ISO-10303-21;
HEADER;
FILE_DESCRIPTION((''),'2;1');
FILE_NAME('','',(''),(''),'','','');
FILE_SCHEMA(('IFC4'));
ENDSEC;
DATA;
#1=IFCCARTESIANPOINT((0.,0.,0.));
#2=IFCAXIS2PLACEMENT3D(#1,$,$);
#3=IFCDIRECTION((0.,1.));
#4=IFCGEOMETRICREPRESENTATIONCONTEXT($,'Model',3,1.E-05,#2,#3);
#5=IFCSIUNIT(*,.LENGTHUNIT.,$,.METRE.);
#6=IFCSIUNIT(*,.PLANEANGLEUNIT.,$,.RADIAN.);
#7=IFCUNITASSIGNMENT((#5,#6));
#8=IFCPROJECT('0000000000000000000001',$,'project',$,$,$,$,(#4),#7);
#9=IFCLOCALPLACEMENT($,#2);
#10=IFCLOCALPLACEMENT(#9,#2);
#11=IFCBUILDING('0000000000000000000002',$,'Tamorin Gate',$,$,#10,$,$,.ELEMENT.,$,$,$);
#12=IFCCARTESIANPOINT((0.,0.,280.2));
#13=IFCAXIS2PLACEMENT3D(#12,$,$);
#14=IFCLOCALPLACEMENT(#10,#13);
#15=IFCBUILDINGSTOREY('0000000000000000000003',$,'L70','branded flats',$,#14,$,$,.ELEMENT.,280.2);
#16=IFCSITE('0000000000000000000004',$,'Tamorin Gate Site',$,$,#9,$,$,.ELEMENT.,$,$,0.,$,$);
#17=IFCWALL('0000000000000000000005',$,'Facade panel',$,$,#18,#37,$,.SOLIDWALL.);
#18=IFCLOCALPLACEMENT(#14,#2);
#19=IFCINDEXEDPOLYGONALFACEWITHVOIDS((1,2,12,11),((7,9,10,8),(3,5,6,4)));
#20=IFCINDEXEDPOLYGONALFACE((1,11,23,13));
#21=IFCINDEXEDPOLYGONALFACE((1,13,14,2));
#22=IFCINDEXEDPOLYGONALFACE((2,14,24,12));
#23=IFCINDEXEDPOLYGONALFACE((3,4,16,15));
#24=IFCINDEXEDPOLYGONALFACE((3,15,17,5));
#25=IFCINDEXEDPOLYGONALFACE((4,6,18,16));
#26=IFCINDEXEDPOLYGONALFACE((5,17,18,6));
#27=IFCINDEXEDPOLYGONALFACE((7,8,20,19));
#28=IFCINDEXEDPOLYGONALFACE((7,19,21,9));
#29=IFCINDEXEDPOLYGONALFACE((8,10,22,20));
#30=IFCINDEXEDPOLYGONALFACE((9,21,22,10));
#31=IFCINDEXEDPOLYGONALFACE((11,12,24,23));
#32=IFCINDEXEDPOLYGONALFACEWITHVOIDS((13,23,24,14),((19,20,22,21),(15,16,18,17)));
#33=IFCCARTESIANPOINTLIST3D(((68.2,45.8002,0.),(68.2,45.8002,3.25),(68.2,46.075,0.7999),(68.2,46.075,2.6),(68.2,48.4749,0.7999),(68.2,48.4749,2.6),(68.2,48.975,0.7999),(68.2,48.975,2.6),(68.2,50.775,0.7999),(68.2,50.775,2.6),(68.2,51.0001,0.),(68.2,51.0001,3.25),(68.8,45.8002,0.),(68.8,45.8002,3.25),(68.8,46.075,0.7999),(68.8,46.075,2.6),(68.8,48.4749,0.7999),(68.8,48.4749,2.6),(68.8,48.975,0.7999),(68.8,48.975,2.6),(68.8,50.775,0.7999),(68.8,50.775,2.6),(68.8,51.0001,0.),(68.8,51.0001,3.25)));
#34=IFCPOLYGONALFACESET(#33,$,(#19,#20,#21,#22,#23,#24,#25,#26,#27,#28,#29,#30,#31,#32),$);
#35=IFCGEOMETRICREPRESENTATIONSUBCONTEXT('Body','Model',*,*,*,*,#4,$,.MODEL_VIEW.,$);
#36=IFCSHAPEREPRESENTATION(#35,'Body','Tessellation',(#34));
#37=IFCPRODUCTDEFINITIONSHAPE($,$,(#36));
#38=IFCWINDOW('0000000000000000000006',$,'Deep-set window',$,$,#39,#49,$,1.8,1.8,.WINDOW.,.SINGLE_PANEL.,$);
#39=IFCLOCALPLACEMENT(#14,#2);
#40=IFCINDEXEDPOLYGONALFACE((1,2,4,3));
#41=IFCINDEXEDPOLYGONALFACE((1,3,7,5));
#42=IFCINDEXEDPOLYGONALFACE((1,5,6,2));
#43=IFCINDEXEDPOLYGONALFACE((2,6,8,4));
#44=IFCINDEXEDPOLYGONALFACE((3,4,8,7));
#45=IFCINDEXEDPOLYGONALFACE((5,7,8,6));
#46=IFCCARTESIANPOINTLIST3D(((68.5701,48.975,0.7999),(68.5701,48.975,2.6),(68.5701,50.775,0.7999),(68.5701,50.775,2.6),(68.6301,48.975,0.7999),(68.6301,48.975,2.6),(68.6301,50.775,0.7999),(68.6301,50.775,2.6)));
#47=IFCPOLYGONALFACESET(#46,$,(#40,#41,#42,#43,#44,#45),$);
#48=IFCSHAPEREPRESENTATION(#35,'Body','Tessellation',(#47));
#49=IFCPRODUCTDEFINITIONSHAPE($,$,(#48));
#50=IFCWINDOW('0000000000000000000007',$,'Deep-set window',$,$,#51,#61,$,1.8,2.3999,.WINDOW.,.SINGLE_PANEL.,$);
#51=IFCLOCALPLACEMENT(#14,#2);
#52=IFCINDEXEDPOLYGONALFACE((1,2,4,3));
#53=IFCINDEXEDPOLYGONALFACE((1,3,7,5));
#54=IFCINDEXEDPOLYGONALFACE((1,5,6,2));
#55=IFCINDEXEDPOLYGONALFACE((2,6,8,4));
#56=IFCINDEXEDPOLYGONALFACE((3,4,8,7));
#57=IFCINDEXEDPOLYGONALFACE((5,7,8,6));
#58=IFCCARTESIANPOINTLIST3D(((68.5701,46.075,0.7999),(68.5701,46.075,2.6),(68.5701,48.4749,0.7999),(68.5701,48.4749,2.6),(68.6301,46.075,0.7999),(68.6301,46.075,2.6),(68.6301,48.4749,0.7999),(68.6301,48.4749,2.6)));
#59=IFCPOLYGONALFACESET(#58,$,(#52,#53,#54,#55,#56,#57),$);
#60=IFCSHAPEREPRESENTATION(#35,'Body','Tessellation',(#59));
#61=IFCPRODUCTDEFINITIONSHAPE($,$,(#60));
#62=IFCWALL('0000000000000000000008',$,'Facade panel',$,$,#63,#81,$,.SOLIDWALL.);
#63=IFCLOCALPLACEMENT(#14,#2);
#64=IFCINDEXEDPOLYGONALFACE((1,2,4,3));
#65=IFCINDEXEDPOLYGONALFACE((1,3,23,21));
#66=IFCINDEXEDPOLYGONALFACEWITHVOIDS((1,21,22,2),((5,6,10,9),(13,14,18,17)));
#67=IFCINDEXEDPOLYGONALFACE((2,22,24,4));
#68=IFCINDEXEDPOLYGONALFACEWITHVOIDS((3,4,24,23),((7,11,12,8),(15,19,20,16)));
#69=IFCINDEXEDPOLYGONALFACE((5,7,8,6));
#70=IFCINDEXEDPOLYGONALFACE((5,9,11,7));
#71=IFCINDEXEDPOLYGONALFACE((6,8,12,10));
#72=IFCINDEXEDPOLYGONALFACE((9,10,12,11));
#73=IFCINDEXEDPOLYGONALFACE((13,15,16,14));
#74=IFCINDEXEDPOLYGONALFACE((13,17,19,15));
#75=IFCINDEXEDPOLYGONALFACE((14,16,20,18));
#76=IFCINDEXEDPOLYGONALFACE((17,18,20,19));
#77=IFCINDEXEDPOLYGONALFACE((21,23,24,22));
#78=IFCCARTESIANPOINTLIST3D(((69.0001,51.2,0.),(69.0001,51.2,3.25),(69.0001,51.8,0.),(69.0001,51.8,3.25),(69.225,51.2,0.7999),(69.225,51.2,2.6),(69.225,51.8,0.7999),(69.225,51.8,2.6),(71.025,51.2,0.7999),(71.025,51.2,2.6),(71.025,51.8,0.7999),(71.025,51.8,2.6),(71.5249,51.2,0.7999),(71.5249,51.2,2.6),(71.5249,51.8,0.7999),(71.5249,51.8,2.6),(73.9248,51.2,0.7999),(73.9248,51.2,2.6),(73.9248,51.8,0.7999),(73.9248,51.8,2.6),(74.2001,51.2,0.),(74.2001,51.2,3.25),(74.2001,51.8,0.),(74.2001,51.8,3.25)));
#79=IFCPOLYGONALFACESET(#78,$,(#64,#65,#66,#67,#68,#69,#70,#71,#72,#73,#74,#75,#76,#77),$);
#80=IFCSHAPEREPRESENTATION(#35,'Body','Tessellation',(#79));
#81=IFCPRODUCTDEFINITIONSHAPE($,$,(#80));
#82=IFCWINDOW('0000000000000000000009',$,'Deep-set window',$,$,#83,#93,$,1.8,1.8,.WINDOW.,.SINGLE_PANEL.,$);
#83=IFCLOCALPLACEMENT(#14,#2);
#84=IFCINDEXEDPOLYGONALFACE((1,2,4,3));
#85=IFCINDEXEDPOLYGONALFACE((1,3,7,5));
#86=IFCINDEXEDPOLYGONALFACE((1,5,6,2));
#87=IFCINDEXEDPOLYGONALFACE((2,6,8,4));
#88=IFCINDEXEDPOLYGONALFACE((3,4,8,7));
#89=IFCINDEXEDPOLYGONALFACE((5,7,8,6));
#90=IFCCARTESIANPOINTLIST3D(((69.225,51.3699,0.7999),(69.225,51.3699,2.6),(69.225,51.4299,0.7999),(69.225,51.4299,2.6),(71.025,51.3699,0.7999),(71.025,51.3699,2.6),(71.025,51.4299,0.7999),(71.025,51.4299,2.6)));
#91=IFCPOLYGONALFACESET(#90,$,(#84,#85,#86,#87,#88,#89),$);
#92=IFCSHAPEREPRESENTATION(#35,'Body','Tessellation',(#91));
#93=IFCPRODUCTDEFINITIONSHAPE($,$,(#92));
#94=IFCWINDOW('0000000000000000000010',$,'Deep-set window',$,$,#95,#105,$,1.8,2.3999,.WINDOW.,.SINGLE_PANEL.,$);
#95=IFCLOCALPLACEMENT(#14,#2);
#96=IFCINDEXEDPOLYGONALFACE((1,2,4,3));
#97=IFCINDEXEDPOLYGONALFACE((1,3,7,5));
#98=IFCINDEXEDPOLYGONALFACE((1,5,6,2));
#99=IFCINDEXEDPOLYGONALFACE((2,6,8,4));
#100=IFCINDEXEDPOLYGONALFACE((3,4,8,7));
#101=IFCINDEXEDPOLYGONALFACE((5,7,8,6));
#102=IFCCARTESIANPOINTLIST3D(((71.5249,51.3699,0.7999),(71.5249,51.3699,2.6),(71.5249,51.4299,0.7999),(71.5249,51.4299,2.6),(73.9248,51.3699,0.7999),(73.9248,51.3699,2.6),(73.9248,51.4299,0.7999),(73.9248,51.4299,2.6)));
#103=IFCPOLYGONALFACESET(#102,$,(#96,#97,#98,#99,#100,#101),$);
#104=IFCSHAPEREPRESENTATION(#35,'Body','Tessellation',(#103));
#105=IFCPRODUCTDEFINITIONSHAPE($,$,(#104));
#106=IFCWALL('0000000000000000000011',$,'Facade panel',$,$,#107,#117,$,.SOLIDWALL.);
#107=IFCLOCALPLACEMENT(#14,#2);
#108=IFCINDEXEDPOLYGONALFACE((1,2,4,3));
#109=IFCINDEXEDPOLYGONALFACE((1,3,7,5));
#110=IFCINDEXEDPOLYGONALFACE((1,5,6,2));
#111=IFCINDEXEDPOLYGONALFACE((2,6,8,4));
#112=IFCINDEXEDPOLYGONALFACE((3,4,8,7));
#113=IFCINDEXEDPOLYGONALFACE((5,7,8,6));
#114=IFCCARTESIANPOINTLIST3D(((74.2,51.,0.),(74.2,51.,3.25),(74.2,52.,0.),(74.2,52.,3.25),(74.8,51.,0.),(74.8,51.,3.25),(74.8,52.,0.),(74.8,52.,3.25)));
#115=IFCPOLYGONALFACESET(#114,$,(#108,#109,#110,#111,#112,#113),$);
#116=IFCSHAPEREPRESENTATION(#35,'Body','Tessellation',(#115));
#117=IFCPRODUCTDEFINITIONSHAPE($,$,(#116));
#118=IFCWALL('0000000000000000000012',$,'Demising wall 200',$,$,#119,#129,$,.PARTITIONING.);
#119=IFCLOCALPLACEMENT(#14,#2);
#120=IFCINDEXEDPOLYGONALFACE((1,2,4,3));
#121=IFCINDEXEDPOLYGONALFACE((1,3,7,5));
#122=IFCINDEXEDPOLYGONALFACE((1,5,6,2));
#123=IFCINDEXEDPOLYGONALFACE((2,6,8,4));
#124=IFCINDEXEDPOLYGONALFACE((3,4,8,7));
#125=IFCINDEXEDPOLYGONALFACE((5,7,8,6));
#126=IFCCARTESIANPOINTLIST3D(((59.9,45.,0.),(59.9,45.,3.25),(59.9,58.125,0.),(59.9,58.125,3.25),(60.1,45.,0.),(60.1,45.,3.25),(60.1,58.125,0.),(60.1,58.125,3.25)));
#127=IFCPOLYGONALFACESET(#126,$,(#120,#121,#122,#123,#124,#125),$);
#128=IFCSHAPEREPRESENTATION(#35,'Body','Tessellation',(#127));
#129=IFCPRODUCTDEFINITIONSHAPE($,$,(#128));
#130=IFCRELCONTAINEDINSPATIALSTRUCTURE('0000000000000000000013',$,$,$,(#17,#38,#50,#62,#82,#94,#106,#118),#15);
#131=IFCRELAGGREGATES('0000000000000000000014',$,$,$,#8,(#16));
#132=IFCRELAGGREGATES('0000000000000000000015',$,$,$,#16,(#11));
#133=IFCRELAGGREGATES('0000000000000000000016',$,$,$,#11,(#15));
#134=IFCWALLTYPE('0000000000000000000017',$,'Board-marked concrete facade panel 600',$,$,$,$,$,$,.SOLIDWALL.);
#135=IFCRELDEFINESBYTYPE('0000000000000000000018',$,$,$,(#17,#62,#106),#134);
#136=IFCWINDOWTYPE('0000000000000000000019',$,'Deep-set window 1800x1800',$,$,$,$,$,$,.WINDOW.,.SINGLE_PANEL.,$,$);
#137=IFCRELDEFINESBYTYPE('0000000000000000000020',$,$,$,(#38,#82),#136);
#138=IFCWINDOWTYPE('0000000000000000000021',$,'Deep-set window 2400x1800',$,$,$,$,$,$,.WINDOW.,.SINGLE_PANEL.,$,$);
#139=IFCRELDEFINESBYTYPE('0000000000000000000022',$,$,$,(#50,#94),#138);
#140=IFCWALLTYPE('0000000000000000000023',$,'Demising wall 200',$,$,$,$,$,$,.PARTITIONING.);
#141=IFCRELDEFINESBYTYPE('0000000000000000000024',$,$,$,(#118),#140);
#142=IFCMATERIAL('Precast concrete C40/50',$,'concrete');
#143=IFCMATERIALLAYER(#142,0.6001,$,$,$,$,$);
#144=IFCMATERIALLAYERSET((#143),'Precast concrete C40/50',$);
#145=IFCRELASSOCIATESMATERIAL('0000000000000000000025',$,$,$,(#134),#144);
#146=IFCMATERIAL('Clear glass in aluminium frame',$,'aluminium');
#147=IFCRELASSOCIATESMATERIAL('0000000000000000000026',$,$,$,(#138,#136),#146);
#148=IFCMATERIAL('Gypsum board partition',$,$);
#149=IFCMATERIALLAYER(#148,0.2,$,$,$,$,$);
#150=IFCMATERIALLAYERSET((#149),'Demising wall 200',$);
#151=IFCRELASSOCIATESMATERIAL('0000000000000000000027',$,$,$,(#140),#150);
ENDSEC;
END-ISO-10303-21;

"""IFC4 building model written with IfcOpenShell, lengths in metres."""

from ifc_helpers import new_model, si_unit, direction, frame, frame_2d, origin, place, context, subcontext, project, spatial, rectangle, extrude, material, layer, layer_set, type_object, element, fill, save


model = new_model("IFC4")

# Units and contexts
model_context = context("Model", 3, precision=1e-05, world=origin(), true_north=direction((0.0, 1.0)))
body_context = subcontext(model_context, "Body", "Model", "MODEL_VIEW")
ifc_project = project(units=[si_unit("LENGTHUNIT", "METRE"), si_unit("PLANEANGLEUNIT", "RADIAN")], contexts=[model_context])

# Site, building, storey
site_placement = place(None, origin())
site = spatial("IfcSite", under=ifc_project, at=site_placement, Name="Tamorin Gate Site", CompositionType="ELEMENT", RefElevation=0.0)
building_placement = place(site_placement, origin())
building = spatial("IfcBuilding", under=site, at=building_placement, Name="Tamorin Gate", CompositionType="ELEMENT")
storey_placement = place(building_placement, frame((0.0, 0.0, 280.2)))
storey = spatial("IfcBuildingStorey", under=building, at=storey_placement, Name="L70", Description="branded flats", CompositionType="ELEMENT", Elevation=280.2)

# Shared definitions
ifc_material_1 = material(Name="Precast concrete C40/50", Category="concrete")
ifc_layer_1 = layer(ifc_material_1, 0.6001)
ifc_layer_set_1 = layer_set([ifc_layer_1], Name="Precast concrete C40/50")
wall_type_1 = type_object("IfcWallType", Name="Board-marked concrete facade panel 600", PredefinedType="SOLIDWALL", material=ifc_layer_set_1)
ifc_material_2 = material(Name="Clear glass in aluminium frame", Category="aluminium")
window_type_1 = type_object("IfcWindowType", Name="Deep-set window 2400x1800", PartitioningType="SINGLE_PANEL", PredefinedType="WINDOW", material=ifc_material_2)

# Walls, openings, windows
wall_1_placement = place(storey_placement, frame((68.5, 45.8, 0.0), z_axis=(0.0, 0.0, 1.0), x_axis=(0.0, 1.0, 0.0)))
wall_1 = element("IfcWall", 1, at=wall_1_placement, inside=storey, type_object=wall_type_1, Name="Facade panel", PredefinedType="SOLIDWALL", context=body_context, shape_type="SweptSolid", body=[
    extrude(rectangle(XDim=5.2, YDim=0.6001, at=frame_2d((2.6001, 0.0))), origin(), (0.0, 0.0, 1.0), 3.25),
])
opening_1_placement = place(wall_1_placement, frame((0.2749, 0.0, 0.8)))
opening_1 = element("IfcOpeningElement", 2, at=opening_1_placement, cuts=wall_1, PredefinedType="OPENING", context=body_context, shape_type="SweptSolid", body=[
    extrude(rectangle(XDim=2.3999, YDim=1.8, at=frame_2d((1.2, 0.8999))), frame((0.0, 0.3101, 0.0), z_axis=(0.0, -1.0, 0.0), x_axis=(1.0, 0.0, 0.0)), (0.0, 0.0, 1.0), 0.6201),
])
opening_2_placement = place(wall_1_placement, frame((3.175, 0.0, 0.8)))
opening_2 = element("IfcOpeningElement", 3, at=opening_2_placement, cuts=wall_1, PredefinedType="OPENING", context=body_context, shape_type="SweptSolid", body=[
    extrude(rectangle(XDim=1.8, YDim=1.8, at=frame_2d((0.8999, 0.8999))), frame((0.0, 0.3101, 0.0), z_axis=(0.0, -1.0, 0.0), x_axis=(1.0, 0.0, 0.0)), (0.0, 0.0, 1.0), 0.6201),
])
window_type_2 = type_object("IfcWindowType", Name="Deep-set window 1800x1800", PartitioningType="SINGLE_PANEL", PredefinedType="WINDOW", material=ifc_material_2)
window_1_placement = place(opening_2_placement, origin())
window_1 = element("IfcWindow", 4, at=window_1_placement, inside=storey, type_object=window_type_2, Name="Deep-set window", OverallHeight=1.8, OverallWidth=1.8, PartitioningType="SINGLE_PANEL", PredefinedType="WINDOW", context=body_context, shape_type="SweptSolid", body=[
    extrude(rectangle(XDim=1.8, YDim=1.8, at=frame_2d((0.8999, 0.8999))), frame((0.0, -0.0701, 0.0), z_axis=(0.0, -1.0, 0.0), x_axis=(1.0, 0.0, 0.0)), (0.0, 0.0, 1.0), 0.0601),
])
fill(opening_2, window_1)
window_2_placement = place(opening_1_placement, origin())
window_2 = element("IfcWindow", 5, at=window_2_placement, inside=storey, type_object=window_type_1, Name="Deep-set window", OverallHeight=1.8, OverallWidth=2.3999, PartitioningType="SINGLE_PANEL", PredefinedType="WINDOW", context=body_context, shape_type="SweptSolid", body=[
    extrude(rectangle(XDim=2.3999, YDim=1.8, at=frame_2d((1.2, 0.8999))), frame((0.0, -0.0701, 0.0), z_axis=(0.0, -1.0, 0.0), x_axis=(1.0, 0.0, 0.0)), (0.0, 0.0, 1.0), 0.0601),
])
fill(opening_1, window_2)
wall_2_placement = place(storey_placement, frame((69.0, 51.5, 0.0), z_axis=(0.0, 0.0, 1.0), x_axis=(1.0, 0.0, 0.0)))
wall_2 = element("IfcWall", 6, at=wall_2_placement, inside=storey, type_object=wall_type_1, Name="Facade panel", PredefinedType="SOLIDWALL", context=body_context, shape_type="SweptSolid", body=[
    extrude(rectangle(XDim=5.2, YDim=0.6001, at=frame_2d((2.6001, 0.0))), origin(), (0.0, 0.0, 1.0), 3.25),
])
opening_3_placement = place(wall_2_placement, frame((0.2251, 0.0, 0.8)))
opening_3 = element("IfcOpeningElement", 7, at=opening_3_placement, cuts=wall_2, PredefinedType="OPENING", context=body_context, shape_type="SweptSolid", body=[
    extrude(rectangle(XDim=1.8, YDim=1.8, at=frame_2d((0.8999, 0.8999))), frame((0.0, 0.3101, 0.0), z_axis=(0.0, -1.0, 0.0), x_axis=(1.0, 0.0, 0.0)), (0.0, 0.0, 1.0), 0.6201),
])
opening_4_placement = place(wall_2_placement, frame((2.5249, 0.0, 0.8)))
opening_4 = element("IfcOpeningElement", 8, at=opening_4_placement, cuts=wall_2, PredefinedType="OPENING", context=body_context, shape_type="SweptSolid", body=[
    extrude(rectangle(XDim=2.3999, YDim=1.8, at=frame_2d((1.2, 0.8999))), frame((0.0, 0.3101, 0.0), z_axis=(0.0, -1.0, 0.0), x_axis=(1.0, 0.0, 0.0)), (0.0, 0.0, 1.0), 0.6201),
])
window_3_placement = place(opening_3_placement, origin())
window_3 = element("IfcWindow", 9, at=window_3_placement, inside=storey, type_object=window_type_2, Name="Deep-set window", OverallHeight=1.8, OverallWidth=1.8, PartitioningType="SINGLE_PANEL", PredefinedType="WINDOW", context=body_context, shape_type="SweptSolid", body=[
    extrude(rectangle(XDim=1.8, YDim=1.8, at=frame_2d((0.8999, 0.8999))), frame((0.0, -0.0701, 0.0), z_axis=(0.0, -1.0, 0.0), x_axis=(1.0, 0.0, 0.0)), (0.0, 0.0, 1.0), 0.0601),
])
fill(opening_3, window_3)
window_4_placement = place(opening_4_placement, origin())
window_4 = element("IfcWindow", 10, at=window_4_placement, inside=storey, type_object=window_type_1, Name="Deep-set window", OverallHeight=1.8, OverallWidth=2.3999, PartitioningType="SINGLE_PANEL", PredefinedType="WINDOW", context=body_context, shape_type="SweptSolid", body=[
    extrude(rectangle(XDim=2.3999, YDim=1.8, at=frame_2d((1.2, 0.8999))), frame((0.0, -0.0701, 0.0), z_axis=(0.0, -1.0, 0.0), x_axis=(1.0, 0.0, 0.0)), (0.0, 0.0, 1.0), 0.0601),
])
fill(opening_4, window_4)

# Walls
wall_3_placement = place(storey_placement, frame((74.5, 51.0, 0.0), z_axis=(0.0, 0.0, 1.0), x_axis=(0.0, 1.0, 0.0)))
element("IfcWall", 11, at=wall_3_placement, inside=storey, type_object=wall_type_1, Name="Facade panel", PredefinedType="SOLIDWALL", context=body_context, shape_type="SweptSolid", body=[
    extrude(rectangle(XDim=1.0, YDim=0.6001, at=frame_2d((0.5, 0.0))), origin(), (0.0, 0.0, 1.0), 3.25),
])
ifc_material_3 = material(Name="Gypsum board partition")
ifc_layer_2 = layer(ifc_material_3, 0.2)
ifc_layer_set_2 = layer_set([ifc_layer_2], Name="Demising wall 200")
wall_type_2 = type_object("IfcWallType", Name="Demising wall 200", PredefinedType="PARTITIONING", material=ifc_layer_set_2)
wall_4_placement = place(storey_placement, frame((60.0, 45.0, 0.0), z_axis=(0.0, 0.0, 1.0), x_axis=(0.0, 1.0, 0.0)))
element("IfcWall", 12, at=wall_4_placement, inside=storey, type_object=wall_type_2, Name="Demising wall 200", PredefinedType="PARTITIONING", context=body_context, shape_type="SweptSolid", body=[
    extrude(rectangle(XDim=13.125, YDim=0.2, at=frame_2d((6.5625, 0.0))), origin(), (0.0, 0.0, 1.0), 3.25),
])

save(model, "model.ifc")
